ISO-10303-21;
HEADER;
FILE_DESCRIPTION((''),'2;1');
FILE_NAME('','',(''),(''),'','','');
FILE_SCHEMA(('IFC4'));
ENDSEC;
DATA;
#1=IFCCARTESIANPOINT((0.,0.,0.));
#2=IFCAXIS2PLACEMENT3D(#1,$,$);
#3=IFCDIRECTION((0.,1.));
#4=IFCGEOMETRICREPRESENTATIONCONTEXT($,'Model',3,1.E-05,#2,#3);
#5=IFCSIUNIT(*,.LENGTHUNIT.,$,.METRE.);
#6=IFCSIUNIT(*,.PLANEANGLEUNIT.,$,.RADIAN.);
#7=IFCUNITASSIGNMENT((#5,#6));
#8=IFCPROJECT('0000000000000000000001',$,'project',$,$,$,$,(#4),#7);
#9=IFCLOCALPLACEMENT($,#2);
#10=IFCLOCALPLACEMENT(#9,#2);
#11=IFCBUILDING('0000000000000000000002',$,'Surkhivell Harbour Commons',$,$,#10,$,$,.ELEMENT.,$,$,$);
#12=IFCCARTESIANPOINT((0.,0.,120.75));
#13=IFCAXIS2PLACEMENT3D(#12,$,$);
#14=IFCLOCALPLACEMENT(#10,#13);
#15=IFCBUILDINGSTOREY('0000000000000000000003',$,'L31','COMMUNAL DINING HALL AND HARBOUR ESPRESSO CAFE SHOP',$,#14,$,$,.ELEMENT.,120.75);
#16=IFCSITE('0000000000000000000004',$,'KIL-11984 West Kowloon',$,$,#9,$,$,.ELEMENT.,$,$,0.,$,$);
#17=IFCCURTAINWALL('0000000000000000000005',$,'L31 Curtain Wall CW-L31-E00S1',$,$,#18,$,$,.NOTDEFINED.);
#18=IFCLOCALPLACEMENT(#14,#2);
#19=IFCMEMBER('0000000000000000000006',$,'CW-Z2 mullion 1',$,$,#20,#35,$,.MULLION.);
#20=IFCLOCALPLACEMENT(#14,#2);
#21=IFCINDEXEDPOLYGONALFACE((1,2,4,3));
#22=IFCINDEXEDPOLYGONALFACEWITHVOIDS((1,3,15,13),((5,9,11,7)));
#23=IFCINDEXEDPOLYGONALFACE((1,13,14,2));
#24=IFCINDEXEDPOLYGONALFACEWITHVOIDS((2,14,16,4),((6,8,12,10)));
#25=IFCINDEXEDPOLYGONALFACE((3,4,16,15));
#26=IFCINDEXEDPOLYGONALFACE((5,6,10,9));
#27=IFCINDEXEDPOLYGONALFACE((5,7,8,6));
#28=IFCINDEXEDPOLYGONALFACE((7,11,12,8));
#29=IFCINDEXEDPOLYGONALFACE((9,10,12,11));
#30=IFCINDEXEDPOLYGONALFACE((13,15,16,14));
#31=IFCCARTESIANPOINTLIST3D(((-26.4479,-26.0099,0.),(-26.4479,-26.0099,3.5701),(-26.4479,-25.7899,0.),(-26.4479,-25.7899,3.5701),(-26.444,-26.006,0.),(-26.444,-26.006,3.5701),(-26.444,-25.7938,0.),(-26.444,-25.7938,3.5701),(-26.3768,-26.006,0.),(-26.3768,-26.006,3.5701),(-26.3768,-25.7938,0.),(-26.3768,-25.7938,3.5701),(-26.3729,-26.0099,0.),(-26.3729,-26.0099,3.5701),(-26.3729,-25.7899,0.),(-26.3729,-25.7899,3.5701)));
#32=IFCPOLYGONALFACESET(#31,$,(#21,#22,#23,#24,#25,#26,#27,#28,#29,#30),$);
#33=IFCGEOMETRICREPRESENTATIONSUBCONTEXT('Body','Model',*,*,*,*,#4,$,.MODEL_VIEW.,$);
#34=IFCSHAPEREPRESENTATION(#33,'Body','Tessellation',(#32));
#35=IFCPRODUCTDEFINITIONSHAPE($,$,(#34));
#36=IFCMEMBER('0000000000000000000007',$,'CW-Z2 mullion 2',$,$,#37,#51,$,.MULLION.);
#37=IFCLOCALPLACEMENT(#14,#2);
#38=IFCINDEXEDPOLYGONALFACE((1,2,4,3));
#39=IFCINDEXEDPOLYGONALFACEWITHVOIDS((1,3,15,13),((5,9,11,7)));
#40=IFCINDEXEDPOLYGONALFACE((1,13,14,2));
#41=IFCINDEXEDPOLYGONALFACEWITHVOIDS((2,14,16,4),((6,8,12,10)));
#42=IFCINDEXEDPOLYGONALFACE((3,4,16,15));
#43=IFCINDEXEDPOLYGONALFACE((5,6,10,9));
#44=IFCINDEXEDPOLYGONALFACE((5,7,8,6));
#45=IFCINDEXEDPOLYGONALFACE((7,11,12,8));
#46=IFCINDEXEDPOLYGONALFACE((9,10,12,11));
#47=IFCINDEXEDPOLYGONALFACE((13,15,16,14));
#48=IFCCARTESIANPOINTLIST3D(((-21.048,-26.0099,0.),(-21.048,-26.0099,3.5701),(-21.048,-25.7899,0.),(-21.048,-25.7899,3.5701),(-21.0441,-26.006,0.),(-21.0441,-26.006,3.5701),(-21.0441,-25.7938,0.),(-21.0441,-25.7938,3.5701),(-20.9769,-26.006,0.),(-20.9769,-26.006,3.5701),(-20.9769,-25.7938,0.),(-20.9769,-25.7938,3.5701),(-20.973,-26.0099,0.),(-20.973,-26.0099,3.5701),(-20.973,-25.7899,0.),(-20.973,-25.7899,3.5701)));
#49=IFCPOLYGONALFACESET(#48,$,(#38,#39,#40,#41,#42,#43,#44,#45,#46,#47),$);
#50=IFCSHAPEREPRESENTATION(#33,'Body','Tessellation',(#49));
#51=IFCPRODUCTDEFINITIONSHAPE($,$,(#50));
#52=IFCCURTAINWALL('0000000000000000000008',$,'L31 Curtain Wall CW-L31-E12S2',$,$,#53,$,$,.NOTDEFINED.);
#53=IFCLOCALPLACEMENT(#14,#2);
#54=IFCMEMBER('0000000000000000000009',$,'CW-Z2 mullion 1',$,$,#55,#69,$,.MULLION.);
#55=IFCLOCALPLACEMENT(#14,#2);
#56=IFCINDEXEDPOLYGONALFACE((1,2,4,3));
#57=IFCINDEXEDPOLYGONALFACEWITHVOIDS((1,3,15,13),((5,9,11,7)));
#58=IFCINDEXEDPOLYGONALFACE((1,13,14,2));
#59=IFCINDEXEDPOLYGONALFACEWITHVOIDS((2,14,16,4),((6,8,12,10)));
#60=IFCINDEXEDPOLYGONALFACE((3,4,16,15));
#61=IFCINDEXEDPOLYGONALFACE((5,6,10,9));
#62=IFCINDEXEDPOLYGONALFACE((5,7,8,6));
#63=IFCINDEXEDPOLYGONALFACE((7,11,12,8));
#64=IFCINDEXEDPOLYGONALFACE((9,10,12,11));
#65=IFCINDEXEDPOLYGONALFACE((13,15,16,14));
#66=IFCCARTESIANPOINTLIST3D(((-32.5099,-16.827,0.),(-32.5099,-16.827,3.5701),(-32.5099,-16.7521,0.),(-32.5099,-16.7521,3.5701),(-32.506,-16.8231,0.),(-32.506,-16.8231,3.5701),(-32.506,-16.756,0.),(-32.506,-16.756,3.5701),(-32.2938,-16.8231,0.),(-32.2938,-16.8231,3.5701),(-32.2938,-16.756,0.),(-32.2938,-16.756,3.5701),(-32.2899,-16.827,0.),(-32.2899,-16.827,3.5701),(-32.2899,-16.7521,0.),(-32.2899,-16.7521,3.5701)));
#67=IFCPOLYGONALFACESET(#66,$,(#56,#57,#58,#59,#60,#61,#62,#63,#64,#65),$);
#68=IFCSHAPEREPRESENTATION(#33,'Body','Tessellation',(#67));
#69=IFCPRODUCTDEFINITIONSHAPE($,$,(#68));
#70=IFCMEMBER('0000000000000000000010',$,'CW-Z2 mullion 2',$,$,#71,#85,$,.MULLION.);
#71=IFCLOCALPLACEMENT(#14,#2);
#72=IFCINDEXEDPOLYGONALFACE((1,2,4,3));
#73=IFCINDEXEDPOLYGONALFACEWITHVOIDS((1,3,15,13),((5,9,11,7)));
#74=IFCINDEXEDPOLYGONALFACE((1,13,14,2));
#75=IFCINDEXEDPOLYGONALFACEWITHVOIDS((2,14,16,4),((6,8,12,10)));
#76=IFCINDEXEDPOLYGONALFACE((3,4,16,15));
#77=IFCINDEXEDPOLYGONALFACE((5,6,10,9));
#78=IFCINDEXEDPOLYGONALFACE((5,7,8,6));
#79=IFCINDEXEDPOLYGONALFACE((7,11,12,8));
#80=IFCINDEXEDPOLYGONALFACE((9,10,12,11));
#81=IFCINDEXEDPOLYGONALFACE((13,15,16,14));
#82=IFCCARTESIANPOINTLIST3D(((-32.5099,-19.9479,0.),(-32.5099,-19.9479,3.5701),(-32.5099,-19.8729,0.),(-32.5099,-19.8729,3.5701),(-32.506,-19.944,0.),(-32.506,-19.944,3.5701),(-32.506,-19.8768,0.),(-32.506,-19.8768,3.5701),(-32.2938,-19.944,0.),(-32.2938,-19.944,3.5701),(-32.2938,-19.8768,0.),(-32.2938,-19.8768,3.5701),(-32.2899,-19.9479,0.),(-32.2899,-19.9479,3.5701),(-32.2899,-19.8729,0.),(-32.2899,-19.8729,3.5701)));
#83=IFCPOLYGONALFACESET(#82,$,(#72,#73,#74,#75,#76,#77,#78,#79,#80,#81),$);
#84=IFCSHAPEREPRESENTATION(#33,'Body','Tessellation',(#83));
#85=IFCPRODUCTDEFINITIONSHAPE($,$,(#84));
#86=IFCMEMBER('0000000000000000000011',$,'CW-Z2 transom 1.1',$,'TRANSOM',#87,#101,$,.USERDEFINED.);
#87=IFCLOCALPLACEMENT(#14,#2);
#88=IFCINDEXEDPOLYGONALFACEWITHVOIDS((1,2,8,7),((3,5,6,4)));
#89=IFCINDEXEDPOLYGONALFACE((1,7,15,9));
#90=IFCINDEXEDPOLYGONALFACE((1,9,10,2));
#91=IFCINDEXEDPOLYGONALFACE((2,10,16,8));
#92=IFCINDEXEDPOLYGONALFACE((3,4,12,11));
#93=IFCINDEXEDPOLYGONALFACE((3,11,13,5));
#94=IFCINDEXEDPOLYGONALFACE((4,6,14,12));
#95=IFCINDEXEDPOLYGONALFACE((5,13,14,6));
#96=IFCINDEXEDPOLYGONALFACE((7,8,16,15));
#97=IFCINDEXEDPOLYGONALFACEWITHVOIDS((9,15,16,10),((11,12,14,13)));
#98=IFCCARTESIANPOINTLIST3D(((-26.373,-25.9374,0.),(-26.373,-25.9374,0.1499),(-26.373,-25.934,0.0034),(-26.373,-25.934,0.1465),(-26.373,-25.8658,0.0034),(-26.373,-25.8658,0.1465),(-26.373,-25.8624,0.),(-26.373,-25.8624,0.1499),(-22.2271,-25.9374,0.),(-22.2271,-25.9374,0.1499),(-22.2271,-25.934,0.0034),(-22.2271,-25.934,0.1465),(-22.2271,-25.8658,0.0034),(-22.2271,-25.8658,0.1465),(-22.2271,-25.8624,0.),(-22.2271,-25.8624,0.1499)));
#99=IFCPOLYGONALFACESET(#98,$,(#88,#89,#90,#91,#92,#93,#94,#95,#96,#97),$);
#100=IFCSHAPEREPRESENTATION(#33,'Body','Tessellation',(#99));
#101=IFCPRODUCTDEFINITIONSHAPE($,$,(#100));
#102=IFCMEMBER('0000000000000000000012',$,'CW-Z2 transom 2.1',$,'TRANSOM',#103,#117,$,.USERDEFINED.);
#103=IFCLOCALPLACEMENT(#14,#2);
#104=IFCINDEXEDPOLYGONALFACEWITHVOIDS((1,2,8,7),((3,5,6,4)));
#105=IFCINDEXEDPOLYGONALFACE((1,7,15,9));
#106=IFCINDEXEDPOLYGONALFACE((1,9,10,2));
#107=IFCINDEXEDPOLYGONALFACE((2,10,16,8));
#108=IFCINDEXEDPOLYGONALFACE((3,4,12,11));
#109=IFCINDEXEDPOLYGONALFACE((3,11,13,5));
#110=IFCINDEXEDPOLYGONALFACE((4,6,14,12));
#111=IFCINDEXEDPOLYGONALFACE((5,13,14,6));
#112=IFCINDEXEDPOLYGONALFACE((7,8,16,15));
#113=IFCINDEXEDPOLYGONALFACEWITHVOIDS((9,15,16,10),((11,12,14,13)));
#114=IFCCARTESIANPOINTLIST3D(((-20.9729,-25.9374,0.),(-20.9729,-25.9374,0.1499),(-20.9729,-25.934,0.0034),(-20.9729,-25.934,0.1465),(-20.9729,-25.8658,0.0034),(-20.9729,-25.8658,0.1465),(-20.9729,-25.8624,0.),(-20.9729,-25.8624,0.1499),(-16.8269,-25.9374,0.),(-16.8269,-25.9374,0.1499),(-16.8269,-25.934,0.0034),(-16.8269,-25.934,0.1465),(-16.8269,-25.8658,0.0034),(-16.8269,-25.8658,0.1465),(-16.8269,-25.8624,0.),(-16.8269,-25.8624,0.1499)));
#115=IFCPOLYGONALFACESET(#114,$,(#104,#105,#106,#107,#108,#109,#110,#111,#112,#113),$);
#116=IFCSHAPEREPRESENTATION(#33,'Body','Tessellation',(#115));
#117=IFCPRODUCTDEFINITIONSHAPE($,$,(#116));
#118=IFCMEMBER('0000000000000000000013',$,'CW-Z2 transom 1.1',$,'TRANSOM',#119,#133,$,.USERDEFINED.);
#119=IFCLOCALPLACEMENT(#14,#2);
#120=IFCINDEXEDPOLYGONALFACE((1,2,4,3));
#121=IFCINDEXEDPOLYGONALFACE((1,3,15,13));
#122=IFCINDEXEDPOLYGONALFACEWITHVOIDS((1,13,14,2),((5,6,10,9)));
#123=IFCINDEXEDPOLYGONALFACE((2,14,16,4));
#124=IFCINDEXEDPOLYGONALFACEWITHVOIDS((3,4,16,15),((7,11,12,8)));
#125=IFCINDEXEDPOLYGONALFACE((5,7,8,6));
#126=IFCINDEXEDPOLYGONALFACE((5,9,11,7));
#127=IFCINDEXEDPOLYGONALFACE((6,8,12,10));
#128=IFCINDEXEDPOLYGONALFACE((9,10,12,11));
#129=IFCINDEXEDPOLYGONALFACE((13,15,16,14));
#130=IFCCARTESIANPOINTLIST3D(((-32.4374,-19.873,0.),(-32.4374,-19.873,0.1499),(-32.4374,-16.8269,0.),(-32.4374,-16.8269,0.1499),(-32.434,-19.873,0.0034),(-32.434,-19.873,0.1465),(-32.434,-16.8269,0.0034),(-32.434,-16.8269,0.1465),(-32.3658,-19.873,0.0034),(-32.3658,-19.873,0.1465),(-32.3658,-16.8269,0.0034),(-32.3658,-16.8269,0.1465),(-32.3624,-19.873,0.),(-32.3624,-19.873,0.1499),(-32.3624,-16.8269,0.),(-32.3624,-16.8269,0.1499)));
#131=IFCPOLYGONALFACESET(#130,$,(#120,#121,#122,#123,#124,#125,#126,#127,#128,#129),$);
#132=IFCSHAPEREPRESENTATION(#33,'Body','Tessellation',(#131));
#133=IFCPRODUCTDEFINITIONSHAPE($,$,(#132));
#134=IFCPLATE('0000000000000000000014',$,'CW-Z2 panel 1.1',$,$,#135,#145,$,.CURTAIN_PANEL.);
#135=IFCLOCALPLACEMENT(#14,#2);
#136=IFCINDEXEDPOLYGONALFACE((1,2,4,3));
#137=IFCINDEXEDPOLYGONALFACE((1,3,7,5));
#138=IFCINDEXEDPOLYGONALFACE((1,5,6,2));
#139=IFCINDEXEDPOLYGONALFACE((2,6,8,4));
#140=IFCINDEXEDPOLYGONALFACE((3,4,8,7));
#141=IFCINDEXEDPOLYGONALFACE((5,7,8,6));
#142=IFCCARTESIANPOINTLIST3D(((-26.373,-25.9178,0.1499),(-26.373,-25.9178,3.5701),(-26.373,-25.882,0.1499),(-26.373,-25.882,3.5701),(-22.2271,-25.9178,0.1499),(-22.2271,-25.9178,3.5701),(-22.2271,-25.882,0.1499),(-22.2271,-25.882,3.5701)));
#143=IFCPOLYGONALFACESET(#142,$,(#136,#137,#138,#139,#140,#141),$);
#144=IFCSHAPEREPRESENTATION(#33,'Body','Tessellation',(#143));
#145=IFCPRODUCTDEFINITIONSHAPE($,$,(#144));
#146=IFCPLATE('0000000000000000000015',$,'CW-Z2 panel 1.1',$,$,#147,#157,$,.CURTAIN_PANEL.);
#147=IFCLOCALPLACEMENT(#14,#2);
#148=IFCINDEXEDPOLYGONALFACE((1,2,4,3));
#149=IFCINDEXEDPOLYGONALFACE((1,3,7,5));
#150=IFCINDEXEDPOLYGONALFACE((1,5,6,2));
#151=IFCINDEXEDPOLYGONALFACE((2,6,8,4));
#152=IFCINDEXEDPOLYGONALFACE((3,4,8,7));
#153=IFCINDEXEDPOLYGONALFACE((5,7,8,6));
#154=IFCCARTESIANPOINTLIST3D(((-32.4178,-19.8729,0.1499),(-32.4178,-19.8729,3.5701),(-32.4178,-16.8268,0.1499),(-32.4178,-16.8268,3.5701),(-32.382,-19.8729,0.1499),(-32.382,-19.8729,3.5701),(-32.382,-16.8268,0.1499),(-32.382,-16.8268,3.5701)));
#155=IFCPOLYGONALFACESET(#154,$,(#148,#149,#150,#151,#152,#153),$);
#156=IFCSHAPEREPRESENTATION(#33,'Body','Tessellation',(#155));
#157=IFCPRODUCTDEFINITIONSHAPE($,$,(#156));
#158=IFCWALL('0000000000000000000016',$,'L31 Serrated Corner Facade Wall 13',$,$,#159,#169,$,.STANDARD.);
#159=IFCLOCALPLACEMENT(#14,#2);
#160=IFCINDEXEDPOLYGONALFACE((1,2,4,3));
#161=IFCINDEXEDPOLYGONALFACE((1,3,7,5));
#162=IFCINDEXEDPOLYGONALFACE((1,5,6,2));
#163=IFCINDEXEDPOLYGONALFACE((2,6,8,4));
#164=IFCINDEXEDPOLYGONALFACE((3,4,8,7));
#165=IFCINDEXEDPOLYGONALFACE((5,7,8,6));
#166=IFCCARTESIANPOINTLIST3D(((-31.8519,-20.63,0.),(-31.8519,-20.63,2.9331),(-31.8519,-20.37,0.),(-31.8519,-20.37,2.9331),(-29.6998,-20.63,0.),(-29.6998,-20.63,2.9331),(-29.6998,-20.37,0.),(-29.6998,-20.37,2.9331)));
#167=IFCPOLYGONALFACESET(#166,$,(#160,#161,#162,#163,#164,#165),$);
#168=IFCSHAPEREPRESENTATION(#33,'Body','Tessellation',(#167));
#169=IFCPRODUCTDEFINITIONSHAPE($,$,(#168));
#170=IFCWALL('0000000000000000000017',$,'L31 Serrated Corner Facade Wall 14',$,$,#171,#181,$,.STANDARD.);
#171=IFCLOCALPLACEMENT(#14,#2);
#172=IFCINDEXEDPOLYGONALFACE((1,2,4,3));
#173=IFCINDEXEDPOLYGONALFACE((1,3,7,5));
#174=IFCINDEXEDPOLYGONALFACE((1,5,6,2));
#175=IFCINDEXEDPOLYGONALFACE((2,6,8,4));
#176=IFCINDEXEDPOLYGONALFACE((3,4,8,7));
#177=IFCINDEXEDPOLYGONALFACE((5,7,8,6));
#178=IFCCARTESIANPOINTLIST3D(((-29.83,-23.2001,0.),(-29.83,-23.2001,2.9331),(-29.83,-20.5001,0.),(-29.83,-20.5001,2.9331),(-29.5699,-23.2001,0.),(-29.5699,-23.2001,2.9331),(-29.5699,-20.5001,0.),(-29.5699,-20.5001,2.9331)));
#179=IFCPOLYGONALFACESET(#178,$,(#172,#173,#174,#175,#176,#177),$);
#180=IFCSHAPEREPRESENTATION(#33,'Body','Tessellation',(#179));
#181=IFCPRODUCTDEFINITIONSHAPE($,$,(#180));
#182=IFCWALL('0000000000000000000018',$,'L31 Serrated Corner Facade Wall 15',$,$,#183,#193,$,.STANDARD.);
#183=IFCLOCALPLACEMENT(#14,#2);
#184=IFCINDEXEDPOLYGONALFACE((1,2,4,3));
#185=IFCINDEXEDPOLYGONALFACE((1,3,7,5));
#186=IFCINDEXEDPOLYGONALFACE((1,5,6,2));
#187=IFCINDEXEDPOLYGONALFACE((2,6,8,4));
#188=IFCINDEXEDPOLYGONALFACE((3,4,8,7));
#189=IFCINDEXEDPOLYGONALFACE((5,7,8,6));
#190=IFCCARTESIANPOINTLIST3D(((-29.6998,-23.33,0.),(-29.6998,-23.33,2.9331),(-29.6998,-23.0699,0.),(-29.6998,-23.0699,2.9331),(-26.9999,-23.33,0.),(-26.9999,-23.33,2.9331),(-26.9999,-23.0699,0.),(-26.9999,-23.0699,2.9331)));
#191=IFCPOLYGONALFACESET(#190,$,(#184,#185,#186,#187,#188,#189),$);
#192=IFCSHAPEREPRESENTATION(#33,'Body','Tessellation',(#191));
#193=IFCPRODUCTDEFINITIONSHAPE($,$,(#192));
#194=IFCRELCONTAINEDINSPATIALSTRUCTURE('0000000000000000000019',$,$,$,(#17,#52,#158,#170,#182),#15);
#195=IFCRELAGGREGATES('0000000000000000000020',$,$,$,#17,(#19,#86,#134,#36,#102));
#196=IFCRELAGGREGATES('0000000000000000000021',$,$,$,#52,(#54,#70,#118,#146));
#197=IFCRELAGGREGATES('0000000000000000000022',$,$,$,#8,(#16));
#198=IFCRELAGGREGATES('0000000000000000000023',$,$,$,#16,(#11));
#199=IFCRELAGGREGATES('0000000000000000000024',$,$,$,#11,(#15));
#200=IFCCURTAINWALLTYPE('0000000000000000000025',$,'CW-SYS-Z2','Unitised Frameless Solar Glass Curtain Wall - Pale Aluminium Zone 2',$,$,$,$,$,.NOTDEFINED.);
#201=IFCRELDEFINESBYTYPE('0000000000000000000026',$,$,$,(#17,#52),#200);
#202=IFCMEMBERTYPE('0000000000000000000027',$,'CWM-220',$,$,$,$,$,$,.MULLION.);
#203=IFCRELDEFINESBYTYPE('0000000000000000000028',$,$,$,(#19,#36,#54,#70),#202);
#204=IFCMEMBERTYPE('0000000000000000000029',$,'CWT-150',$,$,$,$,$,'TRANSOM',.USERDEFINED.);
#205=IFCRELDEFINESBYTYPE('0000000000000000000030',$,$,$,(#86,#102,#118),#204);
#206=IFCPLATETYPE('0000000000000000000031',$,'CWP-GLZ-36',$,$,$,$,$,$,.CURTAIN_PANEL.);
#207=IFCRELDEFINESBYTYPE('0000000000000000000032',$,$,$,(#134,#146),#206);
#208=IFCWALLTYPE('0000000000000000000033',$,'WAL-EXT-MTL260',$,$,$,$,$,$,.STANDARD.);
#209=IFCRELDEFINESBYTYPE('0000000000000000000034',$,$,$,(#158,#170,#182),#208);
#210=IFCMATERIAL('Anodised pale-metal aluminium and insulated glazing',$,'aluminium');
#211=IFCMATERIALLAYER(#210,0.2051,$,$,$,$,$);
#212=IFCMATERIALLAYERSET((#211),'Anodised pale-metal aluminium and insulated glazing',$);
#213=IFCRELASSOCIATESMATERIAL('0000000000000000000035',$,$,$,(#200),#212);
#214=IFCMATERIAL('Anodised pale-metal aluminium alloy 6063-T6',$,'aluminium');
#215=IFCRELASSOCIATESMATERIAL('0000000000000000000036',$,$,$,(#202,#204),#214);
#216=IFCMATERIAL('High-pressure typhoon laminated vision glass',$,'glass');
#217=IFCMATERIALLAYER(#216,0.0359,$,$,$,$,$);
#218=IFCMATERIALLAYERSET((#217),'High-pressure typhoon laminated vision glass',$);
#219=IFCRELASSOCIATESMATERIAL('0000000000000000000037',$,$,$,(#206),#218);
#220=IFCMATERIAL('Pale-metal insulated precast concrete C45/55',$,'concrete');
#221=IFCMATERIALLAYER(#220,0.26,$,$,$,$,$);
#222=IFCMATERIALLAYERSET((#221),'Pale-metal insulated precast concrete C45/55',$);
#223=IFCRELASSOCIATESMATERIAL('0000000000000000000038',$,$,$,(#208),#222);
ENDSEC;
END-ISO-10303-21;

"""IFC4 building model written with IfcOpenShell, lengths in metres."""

from ifc_helpers import new_model, si_unit, direction, frame, frame_2d, origin, origin_2d, place, context, subcontext, project, spatial, rectangle, hollow_rectangle, extrude, material, layer, layer_set, material_profile, profile_set, type_object, element, aggregate, save


model = new_model("IFC4")

# Units and contexts
model_context = context("Model", 3, precision=1e-05, world=origin(), true_north=direction((0.0, 1.0)))
body_context = subcontext(model_context, "Body", "Model", "MODEL_VIEW")
ifc_project = project(units=[si_unit("LENGTHUNIT", "METRE"), si_unit("PLANEANGLEUNIT", "RADIAN")], contexts=[model_context])

# Site, building, storey
site_placement = place(None, origin())
site = spatial("IfcSite", under=ifc_project, at=site_placement, Name="KIL-11984 West Kowloon", CompositionType="ELEMENT", RefElevation=0.0)
building_placement = place(site_placement, origin())
building = spatial("IfcBuilding", under=site, at=building_placement, Name="Surkhivell Harbour Commons", CompositionType="ELEMENT")
storey_placement = place(building_placement, frame((0.0, 0.0, 120.75)))
storey = spatial("IfcBuildingStorey", under=building, at=storey_placement, Name="L31", Description="COMMUNAL DINING HALL AND HARBOUR ESPRESSO CAFE SHOP", CompositionType="ELEMENT", Elevation=120.75)

# Curtain walls, members
ifc_material_1 = material(Name="Anodised pale-metal aluminium and insulated glazing", Category="aluminium")
ifc_layer_1 = layer(ifc_material_1, 0.2051)
ifc_layer_set_1 = layer_set([ifc_layer_1], Name="Anodised pale-metal aluminium and insulated glazing")
curtain_wall_type = type_object("IfcCurtainWallType", Name="CW-SYS-Z2", Description="Unitised Frameless Solar Glass Curtain Wall - Pale Aluminium Zone 2", PredefinedType="NOTDEFINED", material=ifc_layer_set_1)
curtain_wall_1_placement = place(storey_placement, origin())
curtain_wall_1 = element("IfcCurtainWall", 1, at=curtain_wall_1_placement, inside=storey, type_object=curtain_wall_type, Name="L31 Curtain Wall CW-L31-E00S1", PredefinedType="NOTDEFINED")
ifc_material_2 = material(Name="Anodised pale-metal aluminium alloy 6063-T6", Category="aluminium")
ifc_material_profile_1 = material_profile(ifc_material_2, hollow_rectangle(XDim=0.075, YDim=0.22, WallThickness=0.0039, at=origin_2d()), Name="ALU-MULL-75x220")
ifc_profile_set_1 = profile_set([ifc_material_profile_1], Name="Anodised pale-metal aluminium alloy 6063-T6")
member_type_1 = type_object("IfcMemberType", Name="CWM-220", PredefinedType="MULLION", material=ifc_profile_set_1)
member_1_placement = place(storey_placement, frame((-26.4104, -25.8999, 0.0), z_axis=(0.0, 0.0, 1.0), x_axis=(1.0, 0.0, 0.0)))
member_1 = element("IfcMember", 2, at=member_1_placement, type_object=member_type_1, Name="CW-Z2 mullion 1", PredefinedType="MULLION", context=body_context, shape_type="SweptSolid", body=[
    extrude(hollow_rectangle(XDim=0.075, YDim=0.22, WallThickness=0.0039, at=origin_2d()), origin(), (0.0, 0.0, 1.0), 3.5701),
])
member_2_placement = place(storey_placement, frame((-21.0105, -25.8999, 0.0), z_axis=(0.0, 0.0, 1.0), x_axis=(1.0, 0.0, 0.0)))
member_2 = element("IfcMember", 3, at=member_2_placement, type_object=member_type_1, Name="CW-Z2 mullion 2", PredefinedType="MULLION", context=body_context, shape_type="SweptSolid", body=[
    extrude(hollow_rectangle(XDim=0.075, YDim=0.22, WallThickness=0.0039, at=origin_2d()), origin(), (0.0, 0.0, 1.0), 3.5701),
])
curtain_wall_2_placement = place(storey_placement, origin())
curtain_wall_2 = element("IfcCurtainWall", 4, at=curtain_wall_2_placement, inside=storey, type_object=curtain_wall_type, Name="L31 Curtain Wall CW-L31-E12S2", PredefinedType="NOTDEFINED")
member_3_placement = place(storey_placement, frame((-32.3999, -16.7896, 0.0), z_axis=(0.0, 0.0, 1.0), x_axis=(0.0, -1.0, 0.0)))
member_3 = element("IfcMember", 5, at=member_3_placement, type_object=member_type_1, Name="CW-Z2 mullion 1", PredefinedType="MULLION", context=body_context, shape_type="SweptSolid", body=[
    extrude(hollow_rectangle(XDim=0.075, YDim=0.22, WallThickness=0.0039, at=origin_2d()), origin(), (0.0, 0.0, 1.0), 3.5701),
])
member_4_placement = place(storey_placement, frame((-32.3999, -19.9104, 0.0), z_axis=(0.0, 0.0, 1.0), x_axis=(0.0, -1.0, 0.0)))
member_4 = element("IfcMember", 6, at=member_4_placement, type_object=member_type_1, Name="CW-Z2 mullion 2", PredefinedType="MULLION", context=body_context, shape_type="SweptSolid", body=[
    extrude(hollow_rectangle(XDim=0.075, YDim=0.22, WallThickness=0.0039, at=origin_2d()), origin(), (0.0, 0.0, 1.0), 3.5701),
])

# Members
ifc_material_profile_2 = material_profile(ifc_material_2, hollow_rectangle(XDim=0.075, YDim=0.1499, WallThickness=0.0034, at=origin_2d()), Name="ALU-TRAN-75x150")
ifc_profile_set_2 = profile_set([ifc_material_profile_2], Name="Anodised pale-metal aluminium alloy 6063-T6")
member_type_2 = type_object("IfcMemberType", Name="CWT-150", ElementType="TRANSOM", PredefinedType="USERDEFINED", material=ifc_profile_set_2)
member_5_placement = place(storey_placement, frame((-26.373, -25.8999, 0.075), z_axis=(1.0, 0.0, 0.0), x_axis=(0.0, 1.0, 0.0)))
member_5 = element("IfcMember", 7, at=member_5_placement, type_object=member_type_2, Name="CW-Z2 transom 1.1", ObjectType="TRANSOM", PredefinedType="USERDEFINED", context=body_context, shape_type="SweptSolid", body=[
    extrude(hollow_rectangle(XDim=0.075, YDim=0.1499, WallThickness=0.0034, at=origin_2d()), origin(), (0.0, 0.0, 1.0), 4.146),
])
member_6_placement = place(storey_placement, frame((-20.9729, -25.8999, 0.075), z_axis=(1.0, 0.0, 0.0), x_axis=(0.0, 1.0, 0.0)))
member_6 = element("IfcMember", 8, at=member_6_placement, type_object=member_type_2, Name="CW-Z2 transom 2.1", ObjectType="TRANSOM", PredefinedType="USERDEFINED", context=body_context, shape_type="SweptSolid", body=[
    extrude(hollow_rectangle(XDim=0.075, YDim=0.1499, WallThickness=0.0034, at=origin_2d()), origin(), (0.0, 0.0, 1.0), 4.146),
])
member_7_placement = place(storey_placement, frame((-32.3999, -16.8269, 0.075), z_axis=(0.0, -1.0, 0.0), x_axis=(1.0, 0.0, 0.0)))
member_7 = element("IfcMember", 9, at=member_7_placement, type_object=member_type_2, Name="CW-Z2 transom 1.1", ObjectType="TRANSOM", PredefinedType="USERDEFINED", context=body_context, shape_type="SweptSolid", body=[
    extrude(hollow_rectangle(XDim=0.075, YDim=0.1499, WallThickness=0.0034, at=origin_2d()), origin(), (0.0, 0.0, 1.0), 3.0461),
])

# Plates
ifc_material_3 = material(Name="High-pressure typhoon laminated vision glass", Category="glass")
ifc_layer_2 = layer(ifc_material_3, 0.0359)
ifc_layer_set_2 = layer_set([ifc_layer_2], Name="High-pressure typhoon laminated vision glass")
plate_type = type_object("IfcPlateType", Name="CWP-GLZ-36", PredefinedType="CURTAIN_PANEL", material=ifc_layer_set_2)
plate_1_placement = place(storey_placement, frame((-26.373, -25.8999, 0.1499), z_axis=(0.0, 0.0, 1.0), x_axis=(1.0, 0.0, 0.0)))
plate_1 = element("IfcPlate", 10, at=plate_1_placement, type_object=plate_type, Name="CW-Z2 panel 1.1", PredefinedType="CURTAIN_PANEL", context=body_context, shape_type="SweptSolid", body=[
    extrude(rectangle(XDim=4.146, YDim=0.0359, at=frame_2d((2.073, 0.0))), origin(), (0.0, 0.0, 1.0), 3.4202),
])
aggregate(curtain_wall_1, [member_1, member_5, plate_1, member_2, member_6])
plate_2_placement = place(storey_placement, frame((-32.3999, -16.8269, 0.1499), z_axis=(0.0, 0.0, 1.0), x_axis=(0.0, -1.0, 0.0)))
plate_2 = element("IfcPlate", 11, at=plate_2_placement, type_object=plate_type, Name="CW-Z2 panel 1.1", PredefinedType="CURTAIN_PANEL", context=body_context, shape_type="SweptSolid", body=[
    extrude(rectangle(XDim=3.0461, YDim=0.0359, at=frame_2d((1.5229, 0.0))), origin(), (0.0, 0.0, 1.0), 3.4202),
])
aggregate(curtain_wall_2, [member_3, member_4, member_7, plate_2])

# Walls
ifc_material_4 = material(Name="Pale-metal insulated precast concrete C45/55", Category="concrete")
ifc_layer_3 = layer(ifc_material_4, 0.26)
ifc_layer_set_3 = layer_set([ifc_layer_3], Name="Pale-metal insulated precast concrete C45/55")
wall_type = type_object("IfcWallType", Name="WAL-EXT-MTL260", PredefinedType="STANDARD", material=ifc_layer_set_3)
wall_1_placement = place(storey_placement, frame((-31.8521, -20.5, 0.0), z_axis=(0.0, 0.0, 1.0), x_axis=(1.0, 0.0, 0.0)))
element("IfcWall", 12, at=wall_1_placement, inside=storey, type_object=wall_type, Name="L31 Serrated Corner Facade Wall 13", PredefinedType="STANDARD", context=body_context, shape_type="SweptSolid", body=[
    extrude(rectangle(XDim=2.1521, YDim=0.26, at=frame_2d((1.0762, 0.0))), origin(), (0.0, 0.0, 1.0), 2.9331),
])
for number, where, z_axis, x_axis, name in (
    (13, (-29.7, -20.5, 0.0), (0.0, 0.0, 1.0), (0.0, -1.0, 0.0), "L31 Serrated Corner Facade Wall 14"),
    (14, (-29.7, -23.2, 0.0), (0.0, 0.0, 1.0), (1.0, 0.0, 0.0), "L31 Serrated Corner Facade Wall 15"),
):
    element("IfcWall", number, at=place(storey_placement, frame(where, z_axis=z_axis, x_axis=x_axis)), inside=storey, type_object=wall_type, Name=name, PredefinedType="STANDARD", context=body_context, shape_type="SweptSolid", body=[
        extrude(rectangle(XDim=2.7, YDim=0.26, at=frame_2d((1.3501, 0.0))), origin(), (0.0, 0.0, 1.0), 2.9331),
    ])

save(model, "model.ifc")
